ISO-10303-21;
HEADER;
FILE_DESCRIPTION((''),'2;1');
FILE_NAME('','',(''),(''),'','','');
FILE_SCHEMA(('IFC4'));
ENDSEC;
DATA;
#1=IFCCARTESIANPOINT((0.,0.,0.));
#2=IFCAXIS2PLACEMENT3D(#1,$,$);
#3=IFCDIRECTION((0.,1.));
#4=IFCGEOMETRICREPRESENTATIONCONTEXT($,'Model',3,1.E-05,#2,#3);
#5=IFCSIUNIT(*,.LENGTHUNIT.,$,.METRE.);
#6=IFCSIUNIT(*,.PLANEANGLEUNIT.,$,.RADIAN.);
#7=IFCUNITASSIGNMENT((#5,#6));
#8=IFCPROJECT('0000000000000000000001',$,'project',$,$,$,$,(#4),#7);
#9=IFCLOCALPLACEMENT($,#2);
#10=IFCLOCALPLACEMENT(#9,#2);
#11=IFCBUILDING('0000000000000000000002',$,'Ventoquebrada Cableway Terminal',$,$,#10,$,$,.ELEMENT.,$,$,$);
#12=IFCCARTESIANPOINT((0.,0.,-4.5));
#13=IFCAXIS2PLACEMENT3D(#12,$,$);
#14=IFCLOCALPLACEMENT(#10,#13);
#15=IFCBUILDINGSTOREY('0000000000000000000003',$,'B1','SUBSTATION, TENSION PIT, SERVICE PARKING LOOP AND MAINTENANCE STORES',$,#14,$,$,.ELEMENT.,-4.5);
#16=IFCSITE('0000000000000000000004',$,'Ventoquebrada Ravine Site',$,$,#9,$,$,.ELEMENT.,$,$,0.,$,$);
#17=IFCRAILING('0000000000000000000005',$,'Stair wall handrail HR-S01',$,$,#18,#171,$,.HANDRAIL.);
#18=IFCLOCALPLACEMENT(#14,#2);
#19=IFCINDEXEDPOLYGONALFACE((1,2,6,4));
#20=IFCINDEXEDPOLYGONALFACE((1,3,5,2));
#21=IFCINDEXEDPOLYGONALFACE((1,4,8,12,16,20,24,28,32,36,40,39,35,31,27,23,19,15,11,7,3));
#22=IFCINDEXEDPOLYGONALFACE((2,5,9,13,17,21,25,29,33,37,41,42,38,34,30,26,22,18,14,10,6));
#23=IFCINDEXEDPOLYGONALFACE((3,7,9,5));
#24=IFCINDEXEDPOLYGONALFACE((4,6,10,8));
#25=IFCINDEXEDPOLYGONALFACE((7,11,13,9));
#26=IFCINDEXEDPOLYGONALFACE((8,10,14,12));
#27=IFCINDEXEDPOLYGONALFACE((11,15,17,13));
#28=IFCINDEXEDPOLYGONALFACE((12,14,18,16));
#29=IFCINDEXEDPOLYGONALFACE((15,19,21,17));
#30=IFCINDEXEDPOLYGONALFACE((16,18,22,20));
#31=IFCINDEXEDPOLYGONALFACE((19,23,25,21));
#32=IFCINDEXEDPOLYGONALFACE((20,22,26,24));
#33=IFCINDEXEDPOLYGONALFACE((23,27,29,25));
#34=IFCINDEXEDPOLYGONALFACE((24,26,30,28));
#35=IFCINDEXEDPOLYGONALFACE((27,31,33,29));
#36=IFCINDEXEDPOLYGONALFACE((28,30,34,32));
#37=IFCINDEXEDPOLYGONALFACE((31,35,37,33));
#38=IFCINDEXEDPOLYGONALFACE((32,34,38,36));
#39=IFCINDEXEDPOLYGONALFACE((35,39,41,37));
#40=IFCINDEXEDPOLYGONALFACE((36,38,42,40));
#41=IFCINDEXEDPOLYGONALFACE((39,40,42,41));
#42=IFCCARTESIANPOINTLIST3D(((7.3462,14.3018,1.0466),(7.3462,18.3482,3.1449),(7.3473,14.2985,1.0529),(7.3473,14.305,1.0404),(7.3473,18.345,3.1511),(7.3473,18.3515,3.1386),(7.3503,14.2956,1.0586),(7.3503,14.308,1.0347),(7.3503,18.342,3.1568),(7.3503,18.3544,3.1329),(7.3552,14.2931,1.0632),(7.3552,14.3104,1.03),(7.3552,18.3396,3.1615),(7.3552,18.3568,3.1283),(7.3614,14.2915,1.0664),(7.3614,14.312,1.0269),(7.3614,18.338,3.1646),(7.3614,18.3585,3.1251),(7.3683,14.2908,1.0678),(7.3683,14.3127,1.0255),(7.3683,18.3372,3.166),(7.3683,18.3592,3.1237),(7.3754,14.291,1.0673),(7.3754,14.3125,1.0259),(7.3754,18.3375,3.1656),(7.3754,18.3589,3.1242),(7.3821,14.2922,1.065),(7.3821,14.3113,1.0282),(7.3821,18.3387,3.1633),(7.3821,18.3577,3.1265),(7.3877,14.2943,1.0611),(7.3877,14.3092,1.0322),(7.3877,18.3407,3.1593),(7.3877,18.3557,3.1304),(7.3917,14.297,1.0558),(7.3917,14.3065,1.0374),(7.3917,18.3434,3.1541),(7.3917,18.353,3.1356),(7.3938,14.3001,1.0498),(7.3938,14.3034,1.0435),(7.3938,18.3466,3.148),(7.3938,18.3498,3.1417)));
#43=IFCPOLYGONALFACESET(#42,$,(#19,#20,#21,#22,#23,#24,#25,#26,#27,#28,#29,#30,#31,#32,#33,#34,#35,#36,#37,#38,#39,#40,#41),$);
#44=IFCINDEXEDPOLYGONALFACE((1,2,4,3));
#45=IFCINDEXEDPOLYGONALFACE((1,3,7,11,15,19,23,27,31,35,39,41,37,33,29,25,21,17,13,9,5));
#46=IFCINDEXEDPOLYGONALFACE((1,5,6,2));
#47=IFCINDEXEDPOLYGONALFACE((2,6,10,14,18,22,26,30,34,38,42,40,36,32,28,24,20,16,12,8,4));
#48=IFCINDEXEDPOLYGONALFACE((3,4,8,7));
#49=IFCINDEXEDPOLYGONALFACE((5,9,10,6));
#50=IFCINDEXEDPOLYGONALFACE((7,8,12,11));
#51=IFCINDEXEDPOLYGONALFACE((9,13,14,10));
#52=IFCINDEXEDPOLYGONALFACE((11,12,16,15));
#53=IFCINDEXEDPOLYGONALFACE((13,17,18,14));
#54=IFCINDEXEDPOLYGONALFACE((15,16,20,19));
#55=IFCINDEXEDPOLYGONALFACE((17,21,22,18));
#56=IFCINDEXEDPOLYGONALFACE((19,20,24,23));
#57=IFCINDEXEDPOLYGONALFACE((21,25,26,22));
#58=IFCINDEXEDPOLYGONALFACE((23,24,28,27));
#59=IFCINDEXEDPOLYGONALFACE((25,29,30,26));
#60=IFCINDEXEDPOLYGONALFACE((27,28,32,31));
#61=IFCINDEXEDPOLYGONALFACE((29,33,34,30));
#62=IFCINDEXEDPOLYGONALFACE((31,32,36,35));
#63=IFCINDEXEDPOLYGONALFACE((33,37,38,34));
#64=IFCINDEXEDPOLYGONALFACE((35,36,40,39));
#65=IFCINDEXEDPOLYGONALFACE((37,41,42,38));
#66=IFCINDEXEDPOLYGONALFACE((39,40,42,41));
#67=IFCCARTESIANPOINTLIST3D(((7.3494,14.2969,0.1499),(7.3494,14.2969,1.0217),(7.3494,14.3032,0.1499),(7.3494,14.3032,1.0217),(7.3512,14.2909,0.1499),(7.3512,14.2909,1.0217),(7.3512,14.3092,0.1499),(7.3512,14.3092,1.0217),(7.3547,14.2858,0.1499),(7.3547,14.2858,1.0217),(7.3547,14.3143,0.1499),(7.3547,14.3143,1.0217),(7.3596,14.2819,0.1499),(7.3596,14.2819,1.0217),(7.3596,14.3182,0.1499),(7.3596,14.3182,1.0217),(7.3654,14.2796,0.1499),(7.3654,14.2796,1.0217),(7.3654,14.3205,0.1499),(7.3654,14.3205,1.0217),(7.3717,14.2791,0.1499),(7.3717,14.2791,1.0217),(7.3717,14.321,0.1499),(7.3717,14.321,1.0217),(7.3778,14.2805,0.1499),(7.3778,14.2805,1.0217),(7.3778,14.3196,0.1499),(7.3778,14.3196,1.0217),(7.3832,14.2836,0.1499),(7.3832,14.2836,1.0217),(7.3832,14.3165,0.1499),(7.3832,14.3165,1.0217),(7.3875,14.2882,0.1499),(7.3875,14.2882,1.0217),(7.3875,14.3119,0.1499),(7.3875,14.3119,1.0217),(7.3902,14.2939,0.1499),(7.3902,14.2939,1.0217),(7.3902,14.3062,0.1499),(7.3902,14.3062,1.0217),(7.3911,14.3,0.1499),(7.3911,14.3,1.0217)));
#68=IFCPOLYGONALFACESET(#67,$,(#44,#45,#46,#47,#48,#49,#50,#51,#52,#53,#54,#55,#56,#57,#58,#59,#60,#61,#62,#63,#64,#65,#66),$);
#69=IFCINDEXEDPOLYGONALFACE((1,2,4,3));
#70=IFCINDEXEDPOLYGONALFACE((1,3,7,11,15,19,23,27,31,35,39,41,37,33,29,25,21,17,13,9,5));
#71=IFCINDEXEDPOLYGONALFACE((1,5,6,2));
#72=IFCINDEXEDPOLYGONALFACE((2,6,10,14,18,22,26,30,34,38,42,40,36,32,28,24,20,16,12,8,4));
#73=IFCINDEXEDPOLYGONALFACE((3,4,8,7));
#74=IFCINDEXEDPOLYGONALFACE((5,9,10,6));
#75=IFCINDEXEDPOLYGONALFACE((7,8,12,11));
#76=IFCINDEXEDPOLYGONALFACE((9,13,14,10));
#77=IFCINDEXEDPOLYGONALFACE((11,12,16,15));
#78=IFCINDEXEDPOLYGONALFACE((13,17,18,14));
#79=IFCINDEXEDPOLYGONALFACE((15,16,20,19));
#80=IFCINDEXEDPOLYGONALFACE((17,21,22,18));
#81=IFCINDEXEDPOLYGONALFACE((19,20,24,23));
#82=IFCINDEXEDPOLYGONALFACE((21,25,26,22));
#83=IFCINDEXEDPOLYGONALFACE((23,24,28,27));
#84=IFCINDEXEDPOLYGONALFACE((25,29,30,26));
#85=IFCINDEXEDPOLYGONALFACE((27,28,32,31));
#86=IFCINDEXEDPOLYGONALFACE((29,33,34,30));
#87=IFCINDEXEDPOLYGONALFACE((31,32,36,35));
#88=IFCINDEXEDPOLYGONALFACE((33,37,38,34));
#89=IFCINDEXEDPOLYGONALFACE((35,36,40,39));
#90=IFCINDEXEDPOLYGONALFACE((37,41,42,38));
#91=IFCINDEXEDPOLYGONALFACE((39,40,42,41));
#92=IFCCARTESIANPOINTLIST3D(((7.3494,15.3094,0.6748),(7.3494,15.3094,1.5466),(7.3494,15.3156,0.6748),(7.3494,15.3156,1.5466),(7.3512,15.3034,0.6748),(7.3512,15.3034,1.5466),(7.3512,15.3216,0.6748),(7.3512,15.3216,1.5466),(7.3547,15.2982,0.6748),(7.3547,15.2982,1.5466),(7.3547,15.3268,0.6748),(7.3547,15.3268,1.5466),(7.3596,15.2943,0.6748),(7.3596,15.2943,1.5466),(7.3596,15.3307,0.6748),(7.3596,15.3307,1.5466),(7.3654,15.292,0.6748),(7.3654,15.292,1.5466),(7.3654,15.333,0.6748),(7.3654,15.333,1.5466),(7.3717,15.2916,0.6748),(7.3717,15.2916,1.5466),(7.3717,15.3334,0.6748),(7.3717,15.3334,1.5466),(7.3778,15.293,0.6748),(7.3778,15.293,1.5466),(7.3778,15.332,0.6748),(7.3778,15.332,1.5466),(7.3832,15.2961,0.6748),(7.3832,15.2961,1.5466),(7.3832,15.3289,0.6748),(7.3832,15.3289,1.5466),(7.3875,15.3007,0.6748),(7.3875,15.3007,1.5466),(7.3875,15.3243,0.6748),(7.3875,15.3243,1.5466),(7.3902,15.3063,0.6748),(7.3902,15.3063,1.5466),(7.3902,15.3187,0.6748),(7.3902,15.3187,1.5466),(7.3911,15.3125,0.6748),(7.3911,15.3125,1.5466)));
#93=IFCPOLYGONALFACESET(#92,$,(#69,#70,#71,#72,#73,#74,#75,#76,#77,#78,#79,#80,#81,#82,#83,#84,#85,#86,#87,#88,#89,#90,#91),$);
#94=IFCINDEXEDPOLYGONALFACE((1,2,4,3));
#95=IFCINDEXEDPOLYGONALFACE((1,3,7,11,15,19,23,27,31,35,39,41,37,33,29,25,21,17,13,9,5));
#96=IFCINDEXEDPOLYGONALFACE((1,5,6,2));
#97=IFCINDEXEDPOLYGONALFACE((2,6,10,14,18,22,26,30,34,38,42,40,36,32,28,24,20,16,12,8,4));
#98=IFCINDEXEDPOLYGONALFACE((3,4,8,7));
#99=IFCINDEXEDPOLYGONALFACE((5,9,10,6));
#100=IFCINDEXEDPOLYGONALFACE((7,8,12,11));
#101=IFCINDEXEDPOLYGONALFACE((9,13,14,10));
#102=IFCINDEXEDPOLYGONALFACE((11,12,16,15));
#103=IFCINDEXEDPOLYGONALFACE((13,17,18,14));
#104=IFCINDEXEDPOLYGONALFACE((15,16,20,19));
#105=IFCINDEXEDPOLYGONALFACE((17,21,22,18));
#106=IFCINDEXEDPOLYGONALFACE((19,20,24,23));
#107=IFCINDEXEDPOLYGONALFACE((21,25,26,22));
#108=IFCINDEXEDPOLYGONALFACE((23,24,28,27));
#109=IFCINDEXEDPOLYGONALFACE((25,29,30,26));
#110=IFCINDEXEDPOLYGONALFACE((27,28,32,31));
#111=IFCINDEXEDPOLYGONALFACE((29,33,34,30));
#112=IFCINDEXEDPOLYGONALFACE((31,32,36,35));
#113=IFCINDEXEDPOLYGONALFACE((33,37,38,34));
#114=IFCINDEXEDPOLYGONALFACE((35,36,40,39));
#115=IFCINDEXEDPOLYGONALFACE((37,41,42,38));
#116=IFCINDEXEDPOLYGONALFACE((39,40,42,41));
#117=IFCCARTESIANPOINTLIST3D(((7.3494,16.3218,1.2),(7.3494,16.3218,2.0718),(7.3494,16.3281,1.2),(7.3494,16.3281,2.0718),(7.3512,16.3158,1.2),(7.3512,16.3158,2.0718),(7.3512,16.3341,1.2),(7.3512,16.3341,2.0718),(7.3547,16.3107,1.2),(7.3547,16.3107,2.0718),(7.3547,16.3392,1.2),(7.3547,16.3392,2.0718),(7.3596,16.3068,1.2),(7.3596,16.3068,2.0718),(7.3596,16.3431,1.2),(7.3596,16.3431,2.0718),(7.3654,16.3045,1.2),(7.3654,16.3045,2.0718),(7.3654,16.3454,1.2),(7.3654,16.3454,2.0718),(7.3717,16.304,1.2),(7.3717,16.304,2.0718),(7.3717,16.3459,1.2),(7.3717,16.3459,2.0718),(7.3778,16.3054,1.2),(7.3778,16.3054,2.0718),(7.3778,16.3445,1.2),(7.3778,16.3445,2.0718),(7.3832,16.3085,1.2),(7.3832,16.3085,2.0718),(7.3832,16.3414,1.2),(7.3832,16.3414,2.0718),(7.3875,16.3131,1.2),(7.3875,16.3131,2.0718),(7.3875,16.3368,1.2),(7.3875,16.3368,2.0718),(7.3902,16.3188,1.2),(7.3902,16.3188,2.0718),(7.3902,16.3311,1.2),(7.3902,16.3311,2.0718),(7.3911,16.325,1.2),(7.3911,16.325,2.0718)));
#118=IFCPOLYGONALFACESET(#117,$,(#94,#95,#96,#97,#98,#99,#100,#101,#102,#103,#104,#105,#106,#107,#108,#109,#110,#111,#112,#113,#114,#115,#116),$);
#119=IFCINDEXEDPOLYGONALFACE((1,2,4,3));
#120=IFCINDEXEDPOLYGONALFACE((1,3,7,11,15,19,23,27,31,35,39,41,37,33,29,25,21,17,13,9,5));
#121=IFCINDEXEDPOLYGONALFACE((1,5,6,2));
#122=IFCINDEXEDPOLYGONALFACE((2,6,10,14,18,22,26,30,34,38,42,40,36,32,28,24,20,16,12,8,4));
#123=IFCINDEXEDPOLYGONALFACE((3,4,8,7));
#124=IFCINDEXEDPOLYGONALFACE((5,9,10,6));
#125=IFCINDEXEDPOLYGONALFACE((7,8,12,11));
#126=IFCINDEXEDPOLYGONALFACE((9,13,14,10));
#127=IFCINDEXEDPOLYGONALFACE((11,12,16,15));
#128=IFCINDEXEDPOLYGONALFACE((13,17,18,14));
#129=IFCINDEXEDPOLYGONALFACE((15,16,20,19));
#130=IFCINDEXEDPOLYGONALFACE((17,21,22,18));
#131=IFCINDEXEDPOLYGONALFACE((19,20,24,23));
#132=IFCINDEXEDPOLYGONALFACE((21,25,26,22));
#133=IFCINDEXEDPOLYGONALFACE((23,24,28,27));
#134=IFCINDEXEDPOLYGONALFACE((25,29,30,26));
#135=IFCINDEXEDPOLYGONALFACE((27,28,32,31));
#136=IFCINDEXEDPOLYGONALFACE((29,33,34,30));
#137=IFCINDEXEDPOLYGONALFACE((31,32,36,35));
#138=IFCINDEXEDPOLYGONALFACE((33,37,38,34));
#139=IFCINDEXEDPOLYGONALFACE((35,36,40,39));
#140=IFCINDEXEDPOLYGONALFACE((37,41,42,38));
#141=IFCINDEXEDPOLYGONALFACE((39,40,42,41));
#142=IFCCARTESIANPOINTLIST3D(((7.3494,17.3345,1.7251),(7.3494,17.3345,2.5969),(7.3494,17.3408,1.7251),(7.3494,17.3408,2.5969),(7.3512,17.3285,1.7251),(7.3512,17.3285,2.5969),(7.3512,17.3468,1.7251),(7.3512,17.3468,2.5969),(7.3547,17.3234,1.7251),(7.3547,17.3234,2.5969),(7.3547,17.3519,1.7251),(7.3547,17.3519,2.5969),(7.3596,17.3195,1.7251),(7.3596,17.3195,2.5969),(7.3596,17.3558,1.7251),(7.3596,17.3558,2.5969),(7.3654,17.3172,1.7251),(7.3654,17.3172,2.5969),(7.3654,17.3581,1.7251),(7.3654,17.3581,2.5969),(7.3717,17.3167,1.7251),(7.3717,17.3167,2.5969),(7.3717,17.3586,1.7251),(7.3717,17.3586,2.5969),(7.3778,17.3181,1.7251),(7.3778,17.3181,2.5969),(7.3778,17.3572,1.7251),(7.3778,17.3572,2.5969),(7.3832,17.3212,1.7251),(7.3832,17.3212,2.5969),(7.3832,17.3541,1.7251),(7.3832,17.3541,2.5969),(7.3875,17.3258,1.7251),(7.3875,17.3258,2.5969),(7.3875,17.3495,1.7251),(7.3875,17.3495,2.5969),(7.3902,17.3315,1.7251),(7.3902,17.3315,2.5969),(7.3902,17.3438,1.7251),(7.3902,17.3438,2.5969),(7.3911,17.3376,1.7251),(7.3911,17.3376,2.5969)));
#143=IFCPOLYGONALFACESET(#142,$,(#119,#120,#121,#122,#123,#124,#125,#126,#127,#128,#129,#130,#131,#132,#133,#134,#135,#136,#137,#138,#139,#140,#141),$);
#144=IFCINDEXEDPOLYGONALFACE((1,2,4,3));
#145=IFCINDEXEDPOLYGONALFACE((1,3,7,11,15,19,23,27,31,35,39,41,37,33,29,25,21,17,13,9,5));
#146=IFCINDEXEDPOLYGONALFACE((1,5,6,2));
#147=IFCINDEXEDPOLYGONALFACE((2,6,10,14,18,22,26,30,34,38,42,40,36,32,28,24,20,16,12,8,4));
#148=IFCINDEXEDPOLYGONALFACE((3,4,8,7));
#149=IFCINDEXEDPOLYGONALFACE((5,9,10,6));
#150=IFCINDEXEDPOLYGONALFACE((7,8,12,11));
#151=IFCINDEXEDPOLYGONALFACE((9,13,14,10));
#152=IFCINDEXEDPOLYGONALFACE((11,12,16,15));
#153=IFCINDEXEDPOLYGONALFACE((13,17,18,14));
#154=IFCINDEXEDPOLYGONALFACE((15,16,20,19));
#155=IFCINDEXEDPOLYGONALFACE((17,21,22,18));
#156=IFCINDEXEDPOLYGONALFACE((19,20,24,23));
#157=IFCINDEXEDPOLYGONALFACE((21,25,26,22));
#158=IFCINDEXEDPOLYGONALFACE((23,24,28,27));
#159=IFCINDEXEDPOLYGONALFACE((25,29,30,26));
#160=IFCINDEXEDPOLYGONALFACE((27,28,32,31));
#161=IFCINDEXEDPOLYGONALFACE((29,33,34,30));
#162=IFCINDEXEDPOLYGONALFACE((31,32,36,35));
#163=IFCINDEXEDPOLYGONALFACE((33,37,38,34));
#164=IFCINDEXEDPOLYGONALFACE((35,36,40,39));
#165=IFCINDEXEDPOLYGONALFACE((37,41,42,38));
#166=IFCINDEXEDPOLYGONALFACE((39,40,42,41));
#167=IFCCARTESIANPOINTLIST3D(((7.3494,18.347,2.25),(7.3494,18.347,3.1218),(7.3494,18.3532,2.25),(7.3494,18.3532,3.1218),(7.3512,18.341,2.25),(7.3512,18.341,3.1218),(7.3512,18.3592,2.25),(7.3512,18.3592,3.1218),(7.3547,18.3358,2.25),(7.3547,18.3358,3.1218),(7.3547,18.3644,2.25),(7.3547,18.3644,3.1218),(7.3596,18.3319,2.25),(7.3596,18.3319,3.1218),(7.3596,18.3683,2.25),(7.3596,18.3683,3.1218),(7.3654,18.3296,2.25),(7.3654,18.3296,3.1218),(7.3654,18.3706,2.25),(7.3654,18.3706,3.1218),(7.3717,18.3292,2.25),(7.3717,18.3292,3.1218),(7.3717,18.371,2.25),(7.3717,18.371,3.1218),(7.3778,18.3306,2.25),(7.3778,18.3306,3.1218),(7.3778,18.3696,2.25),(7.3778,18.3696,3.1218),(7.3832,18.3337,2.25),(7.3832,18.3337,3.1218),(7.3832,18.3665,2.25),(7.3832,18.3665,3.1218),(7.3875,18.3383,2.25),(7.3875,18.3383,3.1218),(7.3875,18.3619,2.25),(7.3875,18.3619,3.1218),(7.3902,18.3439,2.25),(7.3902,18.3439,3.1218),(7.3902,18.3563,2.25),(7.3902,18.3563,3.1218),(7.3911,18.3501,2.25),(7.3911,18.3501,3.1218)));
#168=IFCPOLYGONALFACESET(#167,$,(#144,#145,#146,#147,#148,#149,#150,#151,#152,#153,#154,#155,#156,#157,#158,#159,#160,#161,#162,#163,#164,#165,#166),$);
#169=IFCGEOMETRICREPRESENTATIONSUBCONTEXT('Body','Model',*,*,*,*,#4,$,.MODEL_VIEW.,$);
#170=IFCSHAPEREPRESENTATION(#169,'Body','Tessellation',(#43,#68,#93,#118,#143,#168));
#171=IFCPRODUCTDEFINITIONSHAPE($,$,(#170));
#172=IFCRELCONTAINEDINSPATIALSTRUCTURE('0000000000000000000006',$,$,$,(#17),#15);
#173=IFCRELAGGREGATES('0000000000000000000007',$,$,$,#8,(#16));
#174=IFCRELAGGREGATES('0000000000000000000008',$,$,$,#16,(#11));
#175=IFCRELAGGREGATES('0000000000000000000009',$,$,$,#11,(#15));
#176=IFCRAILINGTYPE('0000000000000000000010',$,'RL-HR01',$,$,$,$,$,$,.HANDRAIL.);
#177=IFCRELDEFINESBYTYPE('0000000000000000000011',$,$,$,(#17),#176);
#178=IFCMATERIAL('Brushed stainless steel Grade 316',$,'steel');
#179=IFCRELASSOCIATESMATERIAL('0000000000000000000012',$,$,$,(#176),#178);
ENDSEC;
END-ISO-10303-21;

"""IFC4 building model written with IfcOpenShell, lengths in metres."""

from ifc_helpers import new_model, si_unit, direction, frame, origin, origin_2d, place, context, subcontext, project, spatial, circle, extrude, material, type_object, element, save


model = new_model("IFC4")

# Units and contexts
model_context = context("Model", 3, precision=1e-05, world=origin(), true_north=direction((0.0, 1.0)))
body_context = subcontext(model_context, "Body", "Model", "MODEL_VIEW")
ifc_project = project(units=[si_unit("LENGTHUNIT", "METRE"), si_unit("PLANEANGLEUNIT", "RADIAN")], contexts=[model_context])

# Site, building, storey
site_placement = place(None, origin())
site = spatial("IfcSite", under=ifc_project, at=site_placement, Name="Ventoquebrada Ravine Site", CompositionType="ELEMENT", RefElevation=0.0)
building_placement = place(site_placement, origin())
building = spatial("IfcBuilding", under=site, at=building_placement, Name="Ventoquebrada Cableway Terminal", CompositionType="ELEMENT")
storey_placement = place(building_placement, frame((0.0, 0.0, -4.5)))
storey = spatial("IfcBuildingStorey", under=building, at=storey_placement, Name="B1", Description="SUBSTATION, TENSION PIT, SERVICE PARKING LOOP AND MAINTENANCE STORES", CompositionType="ELEMENT", Elevation=-4.5)

# Railing
ifc_material_1 = material(Name="Brushed stainless steel Grade 316", Category="steel")
railing_type_1 = type_object("IfcRailingType", Name="RL-HR01", PredefinedType="HANDRAIL", material=ifc_material_1)
railing_1_placement = place(storey_placement, frame((7.3701, 14.3, 0.1499)))
element("IfcRailing", 1, at=railing_1_placement, inside=storey, type_object=railing_type_1, Name="Stair wall handrail HR-S01", PredefinedType="HANDRAIL", context=body_context, shape_type="SweptSolid", body=[
    extrude(circle(Radius=0.0239, at=origin_2d()), frame((0.0, 0.0017, 0.8967), z_axis=(0.0, 0.887748, 0.46033), x_axis=(-1.0, 0.0, 0.0)), (0.0, 0.0, 1.0), 4.5581),
    extrude(circle(Radius=0.021, at=origin_2d()), origin(), (0.0, 0.0, 1.0), 0.8718),
    extrude(circle(Radius=0.021, at=origin_2d()), frame((0.0, 1.0125, 0.5249)), (0.0, 0.0, 1.0), 0.8718),
    extrude(circle(Radius=0.021, at=origin_2d()), frame((0.0, 2.0249, 1.05)), (0.0, 0.0, 1.0), 0.8718),
    extrude(circle(Radius=0.021, at=origin_2d()), frame((0.0, 3.0376, 1.5752)), (0.0, 0.0, 1.0), 0.8718),
    extrude(circle(Radius=0.021, at=origin_2d()), frame((0.0, 4.05, 2.1001)), (0.0, 0.0, 1.0), 0.8718),
])

save(model, "model.ifc")
